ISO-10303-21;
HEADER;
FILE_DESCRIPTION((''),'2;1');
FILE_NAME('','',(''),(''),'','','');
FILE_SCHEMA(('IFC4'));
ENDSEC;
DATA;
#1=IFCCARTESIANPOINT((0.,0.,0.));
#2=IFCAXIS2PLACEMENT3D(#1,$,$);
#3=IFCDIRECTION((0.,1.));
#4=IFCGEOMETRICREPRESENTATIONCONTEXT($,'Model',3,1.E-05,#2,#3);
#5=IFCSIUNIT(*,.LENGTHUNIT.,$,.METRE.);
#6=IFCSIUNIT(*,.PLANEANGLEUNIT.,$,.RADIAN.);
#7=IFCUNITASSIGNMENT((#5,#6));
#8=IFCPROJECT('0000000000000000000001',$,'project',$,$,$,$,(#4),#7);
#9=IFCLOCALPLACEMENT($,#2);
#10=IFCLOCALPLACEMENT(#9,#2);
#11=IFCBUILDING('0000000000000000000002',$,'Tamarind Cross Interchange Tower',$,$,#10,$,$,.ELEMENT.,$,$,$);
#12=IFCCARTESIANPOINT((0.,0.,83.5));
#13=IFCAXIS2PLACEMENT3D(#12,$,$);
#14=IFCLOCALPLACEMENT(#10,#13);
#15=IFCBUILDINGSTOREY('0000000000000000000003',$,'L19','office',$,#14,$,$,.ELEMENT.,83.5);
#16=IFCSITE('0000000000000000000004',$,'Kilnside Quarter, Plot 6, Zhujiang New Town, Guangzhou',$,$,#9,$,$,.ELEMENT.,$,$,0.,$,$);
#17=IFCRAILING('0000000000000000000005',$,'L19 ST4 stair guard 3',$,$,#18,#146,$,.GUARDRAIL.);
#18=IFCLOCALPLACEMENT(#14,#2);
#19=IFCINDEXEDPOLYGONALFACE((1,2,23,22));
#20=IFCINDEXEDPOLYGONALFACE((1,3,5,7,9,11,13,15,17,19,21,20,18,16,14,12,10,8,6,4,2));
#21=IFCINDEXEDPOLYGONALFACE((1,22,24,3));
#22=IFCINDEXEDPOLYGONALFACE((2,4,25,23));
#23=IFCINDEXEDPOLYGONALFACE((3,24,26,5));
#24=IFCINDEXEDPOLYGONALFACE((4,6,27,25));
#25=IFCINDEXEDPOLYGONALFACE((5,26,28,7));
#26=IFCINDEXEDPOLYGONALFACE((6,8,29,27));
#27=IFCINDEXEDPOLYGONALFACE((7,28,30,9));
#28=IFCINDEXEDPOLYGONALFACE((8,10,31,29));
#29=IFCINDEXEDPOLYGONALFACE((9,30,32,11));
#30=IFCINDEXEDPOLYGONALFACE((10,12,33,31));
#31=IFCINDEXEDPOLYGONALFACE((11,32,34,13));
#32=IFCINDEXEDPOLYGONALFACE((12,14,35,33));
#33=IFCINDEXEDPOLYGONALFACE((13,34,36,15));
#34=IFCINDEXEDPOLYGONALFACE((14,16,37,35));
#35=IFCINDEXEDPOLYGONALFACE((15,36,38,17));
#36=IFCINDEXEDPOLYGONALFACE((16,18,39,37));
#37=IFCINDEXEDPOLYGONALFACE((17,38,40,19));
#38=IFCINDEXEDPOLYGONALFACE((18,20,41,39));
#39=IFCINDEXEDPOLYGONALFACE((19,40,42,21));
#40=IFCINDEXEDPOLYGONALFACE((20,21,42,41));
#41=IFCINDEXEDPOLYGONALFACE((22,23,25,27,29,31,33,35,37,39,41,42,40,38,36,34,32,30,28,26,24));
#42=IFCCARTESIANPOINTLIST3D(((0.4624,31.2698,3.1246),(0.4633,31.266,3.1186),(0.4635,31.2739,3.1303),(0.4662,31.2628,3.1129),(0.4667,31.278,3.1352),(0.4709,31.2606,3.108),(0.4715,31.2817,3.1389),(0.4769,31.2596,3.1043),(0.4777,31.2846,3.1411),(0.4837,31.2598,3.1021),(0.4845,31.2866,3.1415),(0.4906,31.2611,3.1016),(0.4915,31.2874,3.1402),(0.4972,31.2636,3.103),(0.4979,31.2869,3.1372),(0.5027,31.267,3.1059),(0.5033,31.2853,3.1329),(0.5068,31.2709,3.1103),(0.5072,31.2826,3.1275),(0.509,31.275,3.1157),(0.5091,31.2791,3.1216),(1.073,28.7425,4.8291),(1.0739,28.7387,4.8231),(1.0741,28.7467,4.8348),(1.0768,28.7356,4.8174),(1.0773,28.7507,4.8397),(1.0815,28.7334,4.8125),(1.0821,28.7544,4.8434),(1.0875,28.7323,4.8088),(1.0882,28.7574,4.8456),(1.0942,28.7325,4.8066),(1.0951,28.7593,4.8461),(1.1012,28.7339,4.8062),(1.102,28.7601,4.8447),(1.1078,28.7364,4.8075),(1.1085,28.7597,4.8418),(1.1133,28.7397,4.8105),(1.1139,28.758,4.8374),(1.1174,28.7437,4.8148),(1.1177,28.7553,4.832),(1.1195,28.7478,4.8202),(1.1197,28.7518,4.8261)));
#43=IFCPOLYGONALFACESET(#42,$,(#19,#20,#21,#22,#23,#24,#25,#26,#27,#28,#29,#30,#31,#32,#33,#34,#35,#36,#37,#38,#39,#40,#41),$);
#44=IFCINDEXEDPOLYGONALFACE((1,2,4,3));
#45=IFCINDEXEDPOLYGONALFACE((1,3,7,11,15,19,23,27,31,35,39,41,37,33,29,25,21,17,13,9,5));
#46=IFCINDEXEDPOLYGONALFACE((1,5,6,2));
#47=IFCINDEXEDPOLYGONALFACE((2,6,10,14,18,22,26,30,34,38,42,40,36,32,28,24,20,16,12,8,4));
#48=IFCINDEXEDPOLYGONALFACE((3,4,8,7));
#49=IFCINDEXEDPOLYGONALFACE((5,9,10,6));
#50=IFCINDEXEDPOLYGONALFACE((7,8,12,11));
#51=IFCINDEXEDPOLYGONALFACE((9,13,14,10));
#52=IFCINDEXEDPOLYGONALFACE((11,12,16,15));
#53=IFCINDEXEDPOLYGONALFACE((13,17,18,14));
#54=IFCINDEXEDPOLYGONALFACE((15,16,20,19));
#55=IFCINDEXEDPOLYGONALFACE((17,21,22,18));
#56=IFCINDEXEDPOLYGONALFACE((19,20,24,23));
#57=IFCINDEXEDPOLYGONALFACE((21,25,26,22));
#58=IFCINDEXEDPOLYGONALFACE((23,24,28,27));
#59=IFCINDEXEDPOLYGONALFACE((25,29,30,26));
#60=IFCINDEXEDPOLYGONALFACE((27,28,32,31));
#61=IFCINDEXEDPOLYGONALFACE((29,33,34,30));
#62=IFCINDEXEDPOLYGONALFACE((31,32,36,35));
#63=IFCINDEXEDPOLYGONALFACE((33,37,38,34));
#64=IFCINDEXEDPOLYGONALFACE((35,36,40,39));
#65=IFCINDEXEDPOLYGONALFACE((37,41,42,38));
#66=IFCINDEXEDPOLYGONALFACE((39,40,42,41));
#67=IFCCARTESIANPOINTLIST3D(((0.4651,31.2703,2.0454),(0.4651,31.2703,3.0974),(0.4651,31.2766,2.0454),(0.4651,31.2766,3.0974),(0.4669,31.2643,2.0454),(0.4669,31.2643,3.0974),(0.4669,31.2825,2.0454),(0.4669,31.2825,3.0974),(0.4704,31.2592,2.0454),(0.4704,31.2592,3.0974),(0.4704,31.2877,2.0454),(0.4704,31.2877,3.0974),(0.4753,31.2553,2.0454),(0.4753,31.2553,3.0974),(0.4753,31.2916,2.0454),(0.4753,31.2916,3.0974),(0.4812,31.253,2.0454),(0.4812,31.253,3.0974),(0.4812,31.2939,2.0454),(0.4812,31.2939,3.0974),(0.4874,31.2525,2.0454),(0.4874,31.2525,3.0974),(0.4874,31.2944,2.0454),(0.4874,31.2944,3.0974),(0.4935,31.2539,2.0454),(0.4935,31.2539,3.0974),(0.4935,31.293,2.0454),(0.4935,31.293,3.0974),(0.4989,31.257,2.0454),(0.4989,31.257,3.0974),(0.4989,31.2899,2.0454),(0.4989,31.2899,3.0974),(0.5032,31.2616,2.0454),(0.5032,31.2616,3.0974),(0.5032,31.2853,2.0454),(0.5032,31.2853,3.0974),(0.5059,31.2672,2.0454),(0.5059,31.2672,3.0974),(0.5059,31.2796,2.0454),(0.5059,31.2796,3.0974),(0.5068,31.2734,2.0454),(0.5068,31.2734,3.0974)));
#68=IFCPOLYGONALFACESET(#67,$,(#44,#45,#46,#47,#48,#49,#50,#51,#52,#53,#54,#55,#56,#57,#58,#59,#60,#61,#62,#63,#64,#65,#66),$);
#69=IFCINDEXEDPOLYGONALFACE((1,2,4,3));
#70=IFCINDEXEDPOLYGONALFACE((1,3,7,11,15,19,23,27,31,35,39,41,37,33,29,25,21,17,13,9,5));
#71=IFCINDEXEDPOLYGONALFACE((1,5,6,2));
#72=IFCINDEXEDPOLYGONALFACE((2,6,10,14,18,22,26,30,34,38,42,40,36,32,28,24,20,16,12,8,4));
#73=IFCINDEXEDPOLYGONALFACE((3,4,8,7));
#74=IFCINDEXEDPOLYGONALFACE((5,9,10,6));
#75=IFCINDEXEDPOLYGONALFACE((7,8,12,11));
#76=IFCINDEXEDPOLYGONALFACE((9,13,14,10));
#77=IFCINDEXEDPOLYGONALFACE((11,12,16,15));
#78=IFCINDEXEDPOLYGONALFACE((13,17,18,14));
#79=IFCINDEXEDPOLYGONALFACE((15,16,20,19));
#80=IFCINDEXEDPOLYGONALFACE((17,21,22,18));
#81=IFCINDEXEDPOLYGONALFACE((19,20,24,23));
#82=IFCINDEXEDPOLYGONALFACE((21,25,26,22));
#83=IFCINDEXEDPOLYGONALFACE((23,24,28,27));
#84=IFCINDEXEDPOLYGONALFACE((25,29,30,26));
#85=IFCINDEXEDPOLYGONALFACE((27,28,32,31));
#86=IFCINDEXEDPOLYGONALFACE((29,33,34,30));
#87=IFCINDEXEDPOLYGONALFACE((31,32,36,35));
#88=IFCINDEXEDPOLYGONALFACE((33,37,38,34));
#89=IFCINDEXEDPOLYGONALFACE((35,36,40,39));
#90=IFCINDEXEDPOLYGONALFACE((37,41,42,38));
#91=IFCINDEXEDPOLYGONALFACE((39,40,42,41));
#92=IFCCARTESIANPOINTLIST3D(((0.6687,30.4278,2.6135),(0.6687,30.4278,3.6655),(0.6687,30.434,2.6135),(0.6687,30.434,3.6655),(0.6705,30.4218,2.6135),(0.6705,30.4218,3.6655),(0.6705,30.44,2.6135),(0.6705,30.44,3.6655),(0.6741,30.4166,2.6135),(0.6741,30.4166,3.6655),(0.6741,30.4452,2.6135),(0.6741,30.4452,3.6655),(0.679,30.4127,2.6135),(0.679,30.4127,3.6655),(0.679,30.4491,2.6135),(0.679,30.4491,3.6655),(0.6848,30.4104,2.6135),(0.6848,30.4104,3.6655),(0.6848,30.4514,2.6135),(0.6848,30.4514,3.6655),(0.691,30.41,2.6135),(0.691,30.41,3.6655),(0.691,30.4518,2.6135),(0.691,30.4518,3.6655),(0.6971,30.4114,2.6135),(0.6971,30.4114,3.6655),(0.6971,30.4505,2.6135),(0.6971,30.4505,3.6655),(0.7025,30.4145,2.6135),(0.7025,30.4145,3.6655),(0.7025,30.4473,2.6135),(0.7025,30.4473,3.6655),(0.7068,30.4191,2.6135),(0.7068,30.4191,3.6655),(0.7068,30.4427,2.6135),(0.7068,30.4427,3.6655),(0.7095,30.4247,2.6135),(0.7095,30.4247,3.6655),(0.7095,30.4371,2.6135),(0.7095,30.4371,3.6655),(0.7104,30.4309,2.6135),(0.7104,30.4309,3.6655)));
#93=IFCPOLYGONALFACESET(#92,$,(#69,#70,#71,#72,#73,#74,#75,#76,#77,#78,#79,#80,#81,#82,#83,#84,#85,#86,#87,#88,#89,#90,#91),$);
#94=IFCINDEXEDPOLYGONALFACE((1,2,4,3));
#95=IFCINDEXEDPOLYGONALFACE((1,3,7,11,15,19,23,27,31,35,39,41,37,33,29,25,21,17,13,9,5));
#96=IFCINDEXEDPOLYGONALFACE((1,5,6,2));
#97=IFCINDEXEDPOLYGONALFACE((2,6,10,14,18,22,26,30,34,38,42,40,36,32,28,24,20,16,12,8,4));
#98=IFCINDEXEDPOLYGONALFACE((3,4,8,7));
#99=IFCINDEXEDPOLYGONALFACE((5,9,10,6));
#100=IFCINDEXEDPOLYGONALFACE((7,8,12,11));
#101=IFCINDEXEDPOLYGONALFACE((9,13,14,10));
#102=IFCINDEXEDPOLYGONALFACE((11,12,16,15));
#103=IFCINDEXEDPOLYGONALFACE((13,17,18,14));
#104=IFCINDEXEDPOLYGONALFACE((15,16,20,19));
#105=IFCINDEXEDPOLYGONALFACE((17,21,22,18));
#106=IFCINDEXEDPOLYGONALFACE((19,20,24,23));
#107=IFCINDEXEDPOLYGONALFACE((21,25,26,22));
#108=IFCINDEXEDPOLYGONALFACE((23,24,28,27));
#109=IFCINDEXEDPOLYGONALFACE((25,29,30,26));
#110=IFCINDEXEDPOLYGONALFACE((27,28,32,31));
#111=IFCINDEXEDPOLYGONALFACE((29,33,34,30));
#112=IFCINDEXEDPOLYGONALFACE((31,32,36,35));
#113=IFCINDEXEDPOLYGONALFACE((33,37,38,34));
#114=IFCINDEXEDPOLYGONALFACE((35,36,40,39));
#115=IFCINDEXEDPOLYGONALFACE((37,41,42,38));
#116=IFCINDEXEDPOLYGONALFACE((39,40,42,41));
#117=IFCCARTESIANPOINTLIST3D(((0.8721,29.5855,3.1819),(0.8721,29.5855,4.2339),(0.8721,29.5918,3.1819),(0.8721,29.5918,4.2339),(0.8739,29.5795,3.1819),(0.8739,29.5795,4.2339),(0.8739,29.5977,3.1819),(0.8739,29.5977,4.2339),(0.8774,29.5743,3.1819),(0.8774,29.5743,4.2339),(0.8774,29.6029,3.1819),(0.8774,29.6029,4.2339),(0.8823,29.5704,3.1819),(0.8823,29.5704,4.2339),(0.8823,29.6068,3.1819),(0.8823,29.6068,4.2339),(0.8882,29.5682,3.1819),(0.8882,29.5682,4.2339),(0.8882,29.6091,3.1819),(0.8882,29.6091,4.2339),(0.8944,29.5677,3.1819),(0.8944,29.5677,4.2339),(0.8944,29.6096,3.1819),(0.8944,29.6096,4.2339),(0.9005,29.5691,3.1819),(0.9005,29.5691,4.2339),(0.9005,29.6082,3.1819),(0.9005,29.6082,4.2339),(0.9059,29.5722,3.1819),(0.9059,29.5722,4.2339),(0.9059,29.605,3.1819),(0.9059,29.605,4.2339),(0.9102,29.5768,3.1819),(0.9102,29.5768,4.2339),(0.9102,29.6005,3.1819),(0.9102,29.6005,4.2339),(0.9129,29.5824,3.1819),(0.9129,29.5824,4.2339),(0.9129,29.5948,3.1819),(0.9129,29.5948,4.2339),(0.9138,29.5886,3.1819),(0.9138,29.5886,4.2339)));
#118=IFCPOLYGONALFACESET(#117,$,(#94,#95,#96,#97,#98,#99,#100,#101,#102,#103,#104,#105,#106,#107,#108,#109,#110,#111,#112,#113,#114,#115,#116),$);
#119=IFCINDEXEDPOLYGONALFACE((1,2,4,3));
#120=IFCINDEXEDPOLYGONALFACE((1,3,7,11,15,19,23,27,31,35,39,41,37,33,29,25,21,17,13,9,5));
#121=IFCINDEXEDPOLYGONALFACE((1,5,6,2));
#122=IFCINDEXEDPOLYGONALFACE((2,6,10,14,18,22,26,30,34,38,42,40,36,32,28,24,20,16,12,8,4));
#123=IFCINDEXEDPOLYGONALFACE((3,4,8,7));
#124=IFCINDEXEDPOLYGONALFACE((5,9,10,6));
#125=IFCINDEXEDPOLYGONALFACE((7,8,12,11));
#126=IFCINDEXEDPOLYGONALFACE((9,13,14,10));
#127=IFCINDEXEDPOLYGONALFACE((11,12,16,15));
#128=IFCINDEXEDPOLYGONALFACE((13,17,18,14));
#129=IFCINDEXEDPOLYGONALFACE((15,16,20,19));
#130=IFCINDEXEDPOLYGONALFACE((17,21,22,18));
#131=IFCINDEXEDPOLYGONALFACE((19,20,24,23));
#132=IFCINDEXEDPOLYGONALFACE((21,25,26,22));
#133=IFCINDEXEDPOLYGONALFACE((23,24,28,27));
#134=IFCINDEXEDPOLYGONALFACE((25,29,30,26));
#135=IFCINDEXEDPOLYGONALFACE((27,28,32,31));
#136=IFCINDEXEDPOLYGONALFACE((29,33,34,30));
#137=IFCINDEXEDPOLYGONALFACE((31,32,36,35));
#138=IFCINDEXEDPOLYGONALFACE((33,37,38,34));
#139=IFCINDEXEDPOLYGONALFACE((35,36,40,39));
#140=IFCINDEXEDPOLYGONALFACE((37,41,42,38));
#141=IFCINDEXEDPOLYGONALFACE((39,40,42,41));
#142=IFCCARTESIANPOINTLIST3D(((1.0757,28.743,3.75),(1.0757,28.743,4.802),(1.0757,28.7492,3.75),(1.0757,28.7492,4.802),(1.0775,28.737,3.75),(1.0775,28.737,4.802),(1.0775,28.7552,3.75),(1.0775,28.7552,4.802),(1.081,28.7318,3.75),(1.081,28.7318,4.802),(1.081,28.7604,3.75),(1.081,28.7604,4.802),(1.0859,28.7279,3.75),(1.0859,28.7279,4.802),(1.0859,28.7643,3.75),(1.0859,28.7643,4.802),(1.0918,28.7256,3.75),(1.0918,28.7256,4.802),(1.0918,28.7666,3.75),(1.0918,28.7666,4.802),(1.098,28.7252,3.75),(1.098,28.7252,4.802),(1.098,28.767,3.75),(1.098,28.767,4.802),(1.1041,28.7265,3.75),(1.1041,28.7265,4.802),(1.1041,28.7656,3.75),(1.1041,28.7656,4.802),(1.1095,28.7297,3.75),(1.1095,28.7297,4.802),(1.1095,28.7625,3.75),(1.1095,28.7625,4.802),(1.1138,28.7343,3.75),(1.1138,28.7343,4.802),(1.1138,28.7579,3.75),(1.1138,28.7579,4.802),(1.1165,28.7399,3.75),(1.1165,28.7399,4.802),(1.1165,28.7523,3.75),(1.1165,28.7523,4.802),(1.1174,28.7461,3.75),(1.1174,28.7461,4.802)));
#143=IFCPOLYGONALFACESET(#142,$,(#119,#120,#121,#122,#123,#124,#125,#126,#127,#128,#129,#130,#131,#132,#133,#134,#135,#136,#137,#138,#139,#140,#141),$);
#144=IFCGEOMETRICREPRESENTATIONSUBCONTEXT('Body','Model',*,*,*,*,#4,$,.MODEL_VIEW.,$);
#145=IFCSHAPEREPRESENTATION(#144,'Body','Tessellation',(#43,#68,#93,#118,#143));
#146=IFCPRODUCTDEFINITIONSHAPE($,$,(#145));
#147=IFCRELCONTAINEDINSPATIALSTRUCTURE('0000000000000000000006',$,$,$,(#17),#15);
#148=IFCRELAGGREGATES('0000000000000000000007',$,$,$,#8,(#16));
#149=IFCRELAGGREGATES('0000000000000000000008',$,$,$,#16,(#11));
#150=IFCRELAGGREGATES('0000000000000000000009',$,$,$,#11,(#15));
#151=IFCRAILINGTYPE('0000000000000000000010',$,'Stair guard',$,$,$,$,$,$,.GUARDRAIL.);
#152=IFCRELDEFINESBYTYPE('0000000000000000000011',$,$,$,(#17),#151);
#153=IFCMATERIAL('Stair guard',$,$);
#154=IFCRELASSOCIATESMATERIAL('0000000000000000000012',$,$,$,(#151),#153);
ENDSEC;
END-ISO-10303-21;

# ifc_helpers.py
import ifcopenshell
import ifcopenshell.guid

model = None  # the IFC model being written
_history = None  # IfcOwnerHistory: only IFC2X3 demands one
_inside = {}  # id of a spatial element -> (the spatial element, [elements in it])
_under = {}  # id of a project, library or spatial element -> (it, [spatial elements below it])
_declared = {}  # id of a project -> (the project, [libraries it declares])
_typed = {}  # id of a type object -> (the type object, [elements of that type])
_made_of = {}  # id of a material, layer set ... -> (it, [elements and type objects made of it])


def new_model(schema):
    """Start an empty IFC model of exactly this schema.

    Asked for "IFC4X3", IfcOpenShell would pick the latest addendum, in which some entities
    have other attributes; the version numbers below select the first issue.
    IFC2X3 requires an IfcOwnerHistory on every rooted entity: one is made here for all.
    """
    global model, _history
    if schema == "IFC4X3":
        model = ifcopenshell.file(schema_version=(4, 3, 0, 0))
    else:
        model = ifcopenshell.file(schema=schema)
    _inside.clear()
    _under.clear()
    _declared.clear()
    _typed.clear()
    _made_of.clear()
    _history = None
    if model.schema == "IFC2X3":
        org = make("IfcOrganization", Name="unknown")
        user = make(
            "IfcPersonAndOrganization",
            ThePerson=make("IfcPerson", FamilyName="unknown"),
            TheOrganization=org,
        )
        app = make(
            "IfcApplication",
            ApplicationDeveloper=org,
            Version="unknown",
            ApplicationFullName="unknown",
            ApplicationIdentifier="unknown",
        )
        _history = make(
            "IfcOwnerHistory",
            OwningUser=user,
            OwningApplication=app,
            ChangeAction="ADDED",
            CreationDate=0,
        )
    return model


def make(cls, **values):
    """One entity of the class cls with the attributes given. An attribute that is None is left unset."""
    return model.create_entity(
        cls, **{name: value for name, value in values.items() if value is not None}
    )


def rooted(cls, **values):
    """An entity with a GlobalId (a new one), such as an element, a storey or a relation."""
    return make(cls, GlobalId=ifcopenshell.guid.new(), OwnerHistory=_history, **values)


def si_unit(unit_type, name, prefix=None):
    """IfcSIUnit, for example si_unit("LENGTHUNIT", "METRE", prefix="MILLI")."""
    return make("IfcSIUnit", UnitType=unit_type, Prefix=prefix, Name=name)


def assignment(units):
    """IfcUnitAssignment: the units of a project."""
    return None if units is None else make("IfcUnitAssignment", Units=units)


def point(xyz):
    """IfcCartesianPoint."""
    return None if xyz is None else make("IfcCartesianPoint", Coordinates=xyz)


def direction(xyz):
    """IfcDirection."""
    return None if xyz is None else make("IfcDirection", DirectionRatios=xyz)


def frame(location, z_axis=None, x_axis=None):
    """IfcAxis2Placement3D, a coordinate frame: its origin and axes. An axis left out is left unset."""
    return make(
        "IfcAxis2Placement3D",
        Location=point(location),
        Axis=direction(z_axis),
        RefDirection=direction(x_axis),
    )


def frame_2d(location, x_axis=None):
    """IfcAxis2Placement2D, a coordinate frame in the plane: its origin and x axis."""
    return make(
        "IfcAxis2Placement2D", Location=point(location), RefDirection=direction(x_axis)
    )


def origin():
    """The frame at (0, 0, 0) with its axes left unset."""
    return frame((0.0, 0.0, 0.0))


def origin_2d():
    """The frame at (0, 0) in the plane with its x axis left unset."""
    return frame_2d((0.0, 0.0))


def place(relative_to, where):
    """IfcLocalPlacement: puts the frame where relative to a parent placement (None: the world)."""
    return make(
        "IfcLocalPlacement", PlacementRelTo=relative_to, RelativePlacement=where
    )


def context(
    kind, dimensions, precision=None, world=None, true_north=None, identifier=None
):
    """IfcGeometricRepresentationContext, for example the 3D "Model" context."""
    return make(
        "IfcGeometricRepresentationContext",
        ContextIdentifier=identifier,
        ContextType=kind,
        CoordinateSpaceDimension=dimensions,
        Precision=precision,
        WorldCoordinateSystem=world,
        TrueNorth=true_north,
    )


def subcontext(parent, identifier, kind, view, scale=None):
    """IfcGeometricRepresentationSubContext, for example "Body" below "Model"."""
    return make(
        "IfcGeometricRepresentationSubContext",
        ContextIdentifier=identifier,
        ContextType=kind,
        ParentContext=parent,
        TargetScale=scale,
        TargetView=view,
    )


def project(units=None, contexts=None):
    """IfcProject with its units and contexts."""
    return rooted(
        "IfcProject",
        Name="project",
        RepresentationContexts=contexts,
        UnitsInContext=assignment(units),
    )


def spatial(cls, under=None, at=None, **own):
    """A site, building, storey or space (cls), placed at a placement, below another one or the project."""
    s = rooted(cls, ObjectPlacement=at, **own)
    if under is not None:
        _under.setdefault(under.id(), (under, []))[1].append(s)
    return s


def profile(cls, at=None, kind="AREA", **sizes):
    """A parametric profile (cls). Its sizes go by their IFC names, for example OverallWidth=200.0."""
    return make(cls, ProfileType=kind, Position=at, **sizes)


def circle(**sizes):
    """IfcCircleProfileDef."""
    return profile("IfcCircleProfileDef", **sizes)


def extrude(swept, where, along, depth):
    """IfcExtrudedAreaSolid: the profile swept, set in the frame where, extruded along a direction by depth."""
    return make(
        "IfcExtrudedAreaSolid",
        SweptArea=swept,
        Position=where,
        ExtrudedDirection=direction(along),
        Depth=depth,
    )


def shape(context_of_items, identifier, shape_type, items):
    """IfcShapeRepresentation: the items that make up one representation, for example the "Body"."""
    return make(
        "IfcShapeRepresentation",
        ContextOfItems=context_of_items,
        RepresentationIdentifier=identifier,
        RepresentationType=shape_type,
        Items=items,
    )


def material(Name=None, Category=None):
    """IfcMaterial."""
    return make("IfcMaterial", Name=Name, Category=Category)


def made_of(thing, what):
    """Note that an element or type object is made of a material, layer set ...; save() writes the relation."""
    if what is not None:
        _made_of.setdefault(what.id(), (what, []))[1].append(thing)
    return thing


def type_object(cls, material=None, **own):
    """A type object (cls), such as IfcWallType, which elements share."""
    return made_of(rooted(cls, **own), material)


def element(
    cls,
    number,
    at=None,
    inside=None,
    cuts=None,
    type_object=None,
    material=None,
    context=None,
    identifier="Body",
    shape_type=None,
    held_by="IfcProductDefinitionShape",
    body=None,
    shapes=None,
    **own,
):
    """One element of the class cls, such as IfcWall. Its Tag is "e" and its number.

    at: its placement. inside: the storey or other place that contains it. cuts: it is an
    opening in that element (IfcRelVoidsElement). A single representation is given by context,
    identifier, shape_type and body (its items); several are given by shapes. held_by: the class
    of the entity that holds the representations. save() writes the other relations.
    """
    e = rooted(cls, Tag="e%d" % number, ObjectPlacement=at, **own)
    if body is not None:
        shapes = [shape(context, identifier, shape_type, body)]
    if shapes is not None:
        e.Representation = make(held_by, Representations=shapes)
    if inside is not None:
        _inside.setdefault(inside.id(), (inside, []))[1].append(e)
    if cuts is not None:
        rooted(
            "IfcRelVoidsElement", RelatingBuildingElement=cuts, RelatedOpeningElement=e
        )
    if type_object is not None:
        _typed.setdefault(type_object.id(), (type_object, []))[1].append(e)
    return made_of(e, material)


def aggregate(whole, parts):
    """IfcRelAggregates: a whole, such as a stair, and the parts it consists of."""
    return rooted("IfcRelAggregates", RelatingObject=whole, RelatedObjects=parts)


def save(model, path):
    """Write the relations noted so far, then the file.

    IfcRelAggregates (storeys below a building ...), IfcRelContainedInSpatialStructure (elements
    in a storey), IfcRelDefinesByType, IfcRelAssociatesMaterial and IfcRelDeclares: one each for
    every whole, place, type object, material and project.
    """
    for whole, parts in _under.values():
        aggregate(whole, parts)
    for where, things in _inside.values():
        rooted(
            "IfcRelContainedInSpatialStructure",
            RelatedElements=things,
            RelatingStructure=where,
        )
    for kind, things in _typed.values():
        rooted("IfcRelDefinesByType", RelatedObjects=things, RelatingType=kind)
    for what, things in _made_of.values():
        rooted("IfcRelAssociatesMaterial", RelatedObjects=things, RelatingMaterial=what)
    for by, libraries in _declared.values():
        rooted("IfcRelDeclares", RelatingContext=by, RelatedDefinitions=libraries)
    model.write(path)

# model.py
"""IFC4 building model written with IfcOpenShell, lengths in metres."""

from ifc_helpers import new_model, si_unit, direction, frame, origin, origin_2d, place, context, subcontext, project, spatial, circle, extrude, material, type_object, element, save


model = new_model("IFC4")

# Units and contexts
model_context = context("Model", 3, precision=1e-05, world=origin(), true_north=direction((0.0, 1.0)))
body_context = subcontext(model_context, "Body", "Model", "MODEL_VIEW")
ifc_project = project(units=[si_unit("LENGTHUNIT", "METRE"), si_unit("PLANEANGLEUNIT", "RADIAN")], contexts=[model_context])

# Site, building, storey
site_placement = place(None, origin())
site = spatial("IfcSite", under=ifc_project, at=site_placement, Name="Kilnside Quarter, Plot 6, Zhujiang New Town, Guangzhou", CompositionType="ELEMENT", RefElevation=0.0)
building_placement = place(site_placement, origin())
building = spatial("IfcBuilding", under=site, at=building_placement, Name="Tamarind Cross Interchange Tower", CompositionType="ELEMENT")
storey_placement = place(building_placement, frame((0.0, 0.0, 83.5)))
storey = spatial("IfcBuildingStorey", under=building, at=storey_placement, Name="L19", Description="office", CompositionType="ELEMENT", Elevation=83.5)

# Railing
ifc_material_1 = material(Name="Stair guard")
railing_type_1 = type_object("IfcRailingType", Name="Stair guard", PredefinedType="GUARDRAIL", material=ifc_material_1)
railing_1_placement = place(storey_placement, frame((0.4858, 31.2734, 2.0454)))
element("IfcRailing", 1, at=railing_1_placement, inside=storey, type_object=railing_type_1, Name="L19 ST4 stair guard 3", PredefinedType="GUARDRAIL", context=body_context, shape_type="SweptSolid", body=[
    extrude(circle(Radius=0.0239, at=origin_2d()), frame((0.0, 0.0, 1.0762), z_axis=(0.196396, -0.81291, 0.548275), x_axis=(0.972034, 0.234839, 0.0)), (0.0, 0.0, 1.0), 3.1089),
    extrude(circle(Radius=0.021, at=origin_2d()), origin(), (0.0, 0.0, 1.0), 1.052),
    extrude(circle(Radius=0.021, at=origin_2d()), frame((0.2036, -0.8425, 0.5681)), (0.0, 0.0, 1.0), 1.052),
    extrude(circle(Radius=0.021, at=origin_2d()), frame((0.407, -1.6848, 1.1365)), (0.0, 0.0, 1.0), 1.052),
    extrude(circle(Radius=0.021, at=origin_2d()), frame((0.6106, -2.5273, 1.7046)), (0.0, 0.0, 1.0), 1.052),
])

save(model, "model.ifc")
